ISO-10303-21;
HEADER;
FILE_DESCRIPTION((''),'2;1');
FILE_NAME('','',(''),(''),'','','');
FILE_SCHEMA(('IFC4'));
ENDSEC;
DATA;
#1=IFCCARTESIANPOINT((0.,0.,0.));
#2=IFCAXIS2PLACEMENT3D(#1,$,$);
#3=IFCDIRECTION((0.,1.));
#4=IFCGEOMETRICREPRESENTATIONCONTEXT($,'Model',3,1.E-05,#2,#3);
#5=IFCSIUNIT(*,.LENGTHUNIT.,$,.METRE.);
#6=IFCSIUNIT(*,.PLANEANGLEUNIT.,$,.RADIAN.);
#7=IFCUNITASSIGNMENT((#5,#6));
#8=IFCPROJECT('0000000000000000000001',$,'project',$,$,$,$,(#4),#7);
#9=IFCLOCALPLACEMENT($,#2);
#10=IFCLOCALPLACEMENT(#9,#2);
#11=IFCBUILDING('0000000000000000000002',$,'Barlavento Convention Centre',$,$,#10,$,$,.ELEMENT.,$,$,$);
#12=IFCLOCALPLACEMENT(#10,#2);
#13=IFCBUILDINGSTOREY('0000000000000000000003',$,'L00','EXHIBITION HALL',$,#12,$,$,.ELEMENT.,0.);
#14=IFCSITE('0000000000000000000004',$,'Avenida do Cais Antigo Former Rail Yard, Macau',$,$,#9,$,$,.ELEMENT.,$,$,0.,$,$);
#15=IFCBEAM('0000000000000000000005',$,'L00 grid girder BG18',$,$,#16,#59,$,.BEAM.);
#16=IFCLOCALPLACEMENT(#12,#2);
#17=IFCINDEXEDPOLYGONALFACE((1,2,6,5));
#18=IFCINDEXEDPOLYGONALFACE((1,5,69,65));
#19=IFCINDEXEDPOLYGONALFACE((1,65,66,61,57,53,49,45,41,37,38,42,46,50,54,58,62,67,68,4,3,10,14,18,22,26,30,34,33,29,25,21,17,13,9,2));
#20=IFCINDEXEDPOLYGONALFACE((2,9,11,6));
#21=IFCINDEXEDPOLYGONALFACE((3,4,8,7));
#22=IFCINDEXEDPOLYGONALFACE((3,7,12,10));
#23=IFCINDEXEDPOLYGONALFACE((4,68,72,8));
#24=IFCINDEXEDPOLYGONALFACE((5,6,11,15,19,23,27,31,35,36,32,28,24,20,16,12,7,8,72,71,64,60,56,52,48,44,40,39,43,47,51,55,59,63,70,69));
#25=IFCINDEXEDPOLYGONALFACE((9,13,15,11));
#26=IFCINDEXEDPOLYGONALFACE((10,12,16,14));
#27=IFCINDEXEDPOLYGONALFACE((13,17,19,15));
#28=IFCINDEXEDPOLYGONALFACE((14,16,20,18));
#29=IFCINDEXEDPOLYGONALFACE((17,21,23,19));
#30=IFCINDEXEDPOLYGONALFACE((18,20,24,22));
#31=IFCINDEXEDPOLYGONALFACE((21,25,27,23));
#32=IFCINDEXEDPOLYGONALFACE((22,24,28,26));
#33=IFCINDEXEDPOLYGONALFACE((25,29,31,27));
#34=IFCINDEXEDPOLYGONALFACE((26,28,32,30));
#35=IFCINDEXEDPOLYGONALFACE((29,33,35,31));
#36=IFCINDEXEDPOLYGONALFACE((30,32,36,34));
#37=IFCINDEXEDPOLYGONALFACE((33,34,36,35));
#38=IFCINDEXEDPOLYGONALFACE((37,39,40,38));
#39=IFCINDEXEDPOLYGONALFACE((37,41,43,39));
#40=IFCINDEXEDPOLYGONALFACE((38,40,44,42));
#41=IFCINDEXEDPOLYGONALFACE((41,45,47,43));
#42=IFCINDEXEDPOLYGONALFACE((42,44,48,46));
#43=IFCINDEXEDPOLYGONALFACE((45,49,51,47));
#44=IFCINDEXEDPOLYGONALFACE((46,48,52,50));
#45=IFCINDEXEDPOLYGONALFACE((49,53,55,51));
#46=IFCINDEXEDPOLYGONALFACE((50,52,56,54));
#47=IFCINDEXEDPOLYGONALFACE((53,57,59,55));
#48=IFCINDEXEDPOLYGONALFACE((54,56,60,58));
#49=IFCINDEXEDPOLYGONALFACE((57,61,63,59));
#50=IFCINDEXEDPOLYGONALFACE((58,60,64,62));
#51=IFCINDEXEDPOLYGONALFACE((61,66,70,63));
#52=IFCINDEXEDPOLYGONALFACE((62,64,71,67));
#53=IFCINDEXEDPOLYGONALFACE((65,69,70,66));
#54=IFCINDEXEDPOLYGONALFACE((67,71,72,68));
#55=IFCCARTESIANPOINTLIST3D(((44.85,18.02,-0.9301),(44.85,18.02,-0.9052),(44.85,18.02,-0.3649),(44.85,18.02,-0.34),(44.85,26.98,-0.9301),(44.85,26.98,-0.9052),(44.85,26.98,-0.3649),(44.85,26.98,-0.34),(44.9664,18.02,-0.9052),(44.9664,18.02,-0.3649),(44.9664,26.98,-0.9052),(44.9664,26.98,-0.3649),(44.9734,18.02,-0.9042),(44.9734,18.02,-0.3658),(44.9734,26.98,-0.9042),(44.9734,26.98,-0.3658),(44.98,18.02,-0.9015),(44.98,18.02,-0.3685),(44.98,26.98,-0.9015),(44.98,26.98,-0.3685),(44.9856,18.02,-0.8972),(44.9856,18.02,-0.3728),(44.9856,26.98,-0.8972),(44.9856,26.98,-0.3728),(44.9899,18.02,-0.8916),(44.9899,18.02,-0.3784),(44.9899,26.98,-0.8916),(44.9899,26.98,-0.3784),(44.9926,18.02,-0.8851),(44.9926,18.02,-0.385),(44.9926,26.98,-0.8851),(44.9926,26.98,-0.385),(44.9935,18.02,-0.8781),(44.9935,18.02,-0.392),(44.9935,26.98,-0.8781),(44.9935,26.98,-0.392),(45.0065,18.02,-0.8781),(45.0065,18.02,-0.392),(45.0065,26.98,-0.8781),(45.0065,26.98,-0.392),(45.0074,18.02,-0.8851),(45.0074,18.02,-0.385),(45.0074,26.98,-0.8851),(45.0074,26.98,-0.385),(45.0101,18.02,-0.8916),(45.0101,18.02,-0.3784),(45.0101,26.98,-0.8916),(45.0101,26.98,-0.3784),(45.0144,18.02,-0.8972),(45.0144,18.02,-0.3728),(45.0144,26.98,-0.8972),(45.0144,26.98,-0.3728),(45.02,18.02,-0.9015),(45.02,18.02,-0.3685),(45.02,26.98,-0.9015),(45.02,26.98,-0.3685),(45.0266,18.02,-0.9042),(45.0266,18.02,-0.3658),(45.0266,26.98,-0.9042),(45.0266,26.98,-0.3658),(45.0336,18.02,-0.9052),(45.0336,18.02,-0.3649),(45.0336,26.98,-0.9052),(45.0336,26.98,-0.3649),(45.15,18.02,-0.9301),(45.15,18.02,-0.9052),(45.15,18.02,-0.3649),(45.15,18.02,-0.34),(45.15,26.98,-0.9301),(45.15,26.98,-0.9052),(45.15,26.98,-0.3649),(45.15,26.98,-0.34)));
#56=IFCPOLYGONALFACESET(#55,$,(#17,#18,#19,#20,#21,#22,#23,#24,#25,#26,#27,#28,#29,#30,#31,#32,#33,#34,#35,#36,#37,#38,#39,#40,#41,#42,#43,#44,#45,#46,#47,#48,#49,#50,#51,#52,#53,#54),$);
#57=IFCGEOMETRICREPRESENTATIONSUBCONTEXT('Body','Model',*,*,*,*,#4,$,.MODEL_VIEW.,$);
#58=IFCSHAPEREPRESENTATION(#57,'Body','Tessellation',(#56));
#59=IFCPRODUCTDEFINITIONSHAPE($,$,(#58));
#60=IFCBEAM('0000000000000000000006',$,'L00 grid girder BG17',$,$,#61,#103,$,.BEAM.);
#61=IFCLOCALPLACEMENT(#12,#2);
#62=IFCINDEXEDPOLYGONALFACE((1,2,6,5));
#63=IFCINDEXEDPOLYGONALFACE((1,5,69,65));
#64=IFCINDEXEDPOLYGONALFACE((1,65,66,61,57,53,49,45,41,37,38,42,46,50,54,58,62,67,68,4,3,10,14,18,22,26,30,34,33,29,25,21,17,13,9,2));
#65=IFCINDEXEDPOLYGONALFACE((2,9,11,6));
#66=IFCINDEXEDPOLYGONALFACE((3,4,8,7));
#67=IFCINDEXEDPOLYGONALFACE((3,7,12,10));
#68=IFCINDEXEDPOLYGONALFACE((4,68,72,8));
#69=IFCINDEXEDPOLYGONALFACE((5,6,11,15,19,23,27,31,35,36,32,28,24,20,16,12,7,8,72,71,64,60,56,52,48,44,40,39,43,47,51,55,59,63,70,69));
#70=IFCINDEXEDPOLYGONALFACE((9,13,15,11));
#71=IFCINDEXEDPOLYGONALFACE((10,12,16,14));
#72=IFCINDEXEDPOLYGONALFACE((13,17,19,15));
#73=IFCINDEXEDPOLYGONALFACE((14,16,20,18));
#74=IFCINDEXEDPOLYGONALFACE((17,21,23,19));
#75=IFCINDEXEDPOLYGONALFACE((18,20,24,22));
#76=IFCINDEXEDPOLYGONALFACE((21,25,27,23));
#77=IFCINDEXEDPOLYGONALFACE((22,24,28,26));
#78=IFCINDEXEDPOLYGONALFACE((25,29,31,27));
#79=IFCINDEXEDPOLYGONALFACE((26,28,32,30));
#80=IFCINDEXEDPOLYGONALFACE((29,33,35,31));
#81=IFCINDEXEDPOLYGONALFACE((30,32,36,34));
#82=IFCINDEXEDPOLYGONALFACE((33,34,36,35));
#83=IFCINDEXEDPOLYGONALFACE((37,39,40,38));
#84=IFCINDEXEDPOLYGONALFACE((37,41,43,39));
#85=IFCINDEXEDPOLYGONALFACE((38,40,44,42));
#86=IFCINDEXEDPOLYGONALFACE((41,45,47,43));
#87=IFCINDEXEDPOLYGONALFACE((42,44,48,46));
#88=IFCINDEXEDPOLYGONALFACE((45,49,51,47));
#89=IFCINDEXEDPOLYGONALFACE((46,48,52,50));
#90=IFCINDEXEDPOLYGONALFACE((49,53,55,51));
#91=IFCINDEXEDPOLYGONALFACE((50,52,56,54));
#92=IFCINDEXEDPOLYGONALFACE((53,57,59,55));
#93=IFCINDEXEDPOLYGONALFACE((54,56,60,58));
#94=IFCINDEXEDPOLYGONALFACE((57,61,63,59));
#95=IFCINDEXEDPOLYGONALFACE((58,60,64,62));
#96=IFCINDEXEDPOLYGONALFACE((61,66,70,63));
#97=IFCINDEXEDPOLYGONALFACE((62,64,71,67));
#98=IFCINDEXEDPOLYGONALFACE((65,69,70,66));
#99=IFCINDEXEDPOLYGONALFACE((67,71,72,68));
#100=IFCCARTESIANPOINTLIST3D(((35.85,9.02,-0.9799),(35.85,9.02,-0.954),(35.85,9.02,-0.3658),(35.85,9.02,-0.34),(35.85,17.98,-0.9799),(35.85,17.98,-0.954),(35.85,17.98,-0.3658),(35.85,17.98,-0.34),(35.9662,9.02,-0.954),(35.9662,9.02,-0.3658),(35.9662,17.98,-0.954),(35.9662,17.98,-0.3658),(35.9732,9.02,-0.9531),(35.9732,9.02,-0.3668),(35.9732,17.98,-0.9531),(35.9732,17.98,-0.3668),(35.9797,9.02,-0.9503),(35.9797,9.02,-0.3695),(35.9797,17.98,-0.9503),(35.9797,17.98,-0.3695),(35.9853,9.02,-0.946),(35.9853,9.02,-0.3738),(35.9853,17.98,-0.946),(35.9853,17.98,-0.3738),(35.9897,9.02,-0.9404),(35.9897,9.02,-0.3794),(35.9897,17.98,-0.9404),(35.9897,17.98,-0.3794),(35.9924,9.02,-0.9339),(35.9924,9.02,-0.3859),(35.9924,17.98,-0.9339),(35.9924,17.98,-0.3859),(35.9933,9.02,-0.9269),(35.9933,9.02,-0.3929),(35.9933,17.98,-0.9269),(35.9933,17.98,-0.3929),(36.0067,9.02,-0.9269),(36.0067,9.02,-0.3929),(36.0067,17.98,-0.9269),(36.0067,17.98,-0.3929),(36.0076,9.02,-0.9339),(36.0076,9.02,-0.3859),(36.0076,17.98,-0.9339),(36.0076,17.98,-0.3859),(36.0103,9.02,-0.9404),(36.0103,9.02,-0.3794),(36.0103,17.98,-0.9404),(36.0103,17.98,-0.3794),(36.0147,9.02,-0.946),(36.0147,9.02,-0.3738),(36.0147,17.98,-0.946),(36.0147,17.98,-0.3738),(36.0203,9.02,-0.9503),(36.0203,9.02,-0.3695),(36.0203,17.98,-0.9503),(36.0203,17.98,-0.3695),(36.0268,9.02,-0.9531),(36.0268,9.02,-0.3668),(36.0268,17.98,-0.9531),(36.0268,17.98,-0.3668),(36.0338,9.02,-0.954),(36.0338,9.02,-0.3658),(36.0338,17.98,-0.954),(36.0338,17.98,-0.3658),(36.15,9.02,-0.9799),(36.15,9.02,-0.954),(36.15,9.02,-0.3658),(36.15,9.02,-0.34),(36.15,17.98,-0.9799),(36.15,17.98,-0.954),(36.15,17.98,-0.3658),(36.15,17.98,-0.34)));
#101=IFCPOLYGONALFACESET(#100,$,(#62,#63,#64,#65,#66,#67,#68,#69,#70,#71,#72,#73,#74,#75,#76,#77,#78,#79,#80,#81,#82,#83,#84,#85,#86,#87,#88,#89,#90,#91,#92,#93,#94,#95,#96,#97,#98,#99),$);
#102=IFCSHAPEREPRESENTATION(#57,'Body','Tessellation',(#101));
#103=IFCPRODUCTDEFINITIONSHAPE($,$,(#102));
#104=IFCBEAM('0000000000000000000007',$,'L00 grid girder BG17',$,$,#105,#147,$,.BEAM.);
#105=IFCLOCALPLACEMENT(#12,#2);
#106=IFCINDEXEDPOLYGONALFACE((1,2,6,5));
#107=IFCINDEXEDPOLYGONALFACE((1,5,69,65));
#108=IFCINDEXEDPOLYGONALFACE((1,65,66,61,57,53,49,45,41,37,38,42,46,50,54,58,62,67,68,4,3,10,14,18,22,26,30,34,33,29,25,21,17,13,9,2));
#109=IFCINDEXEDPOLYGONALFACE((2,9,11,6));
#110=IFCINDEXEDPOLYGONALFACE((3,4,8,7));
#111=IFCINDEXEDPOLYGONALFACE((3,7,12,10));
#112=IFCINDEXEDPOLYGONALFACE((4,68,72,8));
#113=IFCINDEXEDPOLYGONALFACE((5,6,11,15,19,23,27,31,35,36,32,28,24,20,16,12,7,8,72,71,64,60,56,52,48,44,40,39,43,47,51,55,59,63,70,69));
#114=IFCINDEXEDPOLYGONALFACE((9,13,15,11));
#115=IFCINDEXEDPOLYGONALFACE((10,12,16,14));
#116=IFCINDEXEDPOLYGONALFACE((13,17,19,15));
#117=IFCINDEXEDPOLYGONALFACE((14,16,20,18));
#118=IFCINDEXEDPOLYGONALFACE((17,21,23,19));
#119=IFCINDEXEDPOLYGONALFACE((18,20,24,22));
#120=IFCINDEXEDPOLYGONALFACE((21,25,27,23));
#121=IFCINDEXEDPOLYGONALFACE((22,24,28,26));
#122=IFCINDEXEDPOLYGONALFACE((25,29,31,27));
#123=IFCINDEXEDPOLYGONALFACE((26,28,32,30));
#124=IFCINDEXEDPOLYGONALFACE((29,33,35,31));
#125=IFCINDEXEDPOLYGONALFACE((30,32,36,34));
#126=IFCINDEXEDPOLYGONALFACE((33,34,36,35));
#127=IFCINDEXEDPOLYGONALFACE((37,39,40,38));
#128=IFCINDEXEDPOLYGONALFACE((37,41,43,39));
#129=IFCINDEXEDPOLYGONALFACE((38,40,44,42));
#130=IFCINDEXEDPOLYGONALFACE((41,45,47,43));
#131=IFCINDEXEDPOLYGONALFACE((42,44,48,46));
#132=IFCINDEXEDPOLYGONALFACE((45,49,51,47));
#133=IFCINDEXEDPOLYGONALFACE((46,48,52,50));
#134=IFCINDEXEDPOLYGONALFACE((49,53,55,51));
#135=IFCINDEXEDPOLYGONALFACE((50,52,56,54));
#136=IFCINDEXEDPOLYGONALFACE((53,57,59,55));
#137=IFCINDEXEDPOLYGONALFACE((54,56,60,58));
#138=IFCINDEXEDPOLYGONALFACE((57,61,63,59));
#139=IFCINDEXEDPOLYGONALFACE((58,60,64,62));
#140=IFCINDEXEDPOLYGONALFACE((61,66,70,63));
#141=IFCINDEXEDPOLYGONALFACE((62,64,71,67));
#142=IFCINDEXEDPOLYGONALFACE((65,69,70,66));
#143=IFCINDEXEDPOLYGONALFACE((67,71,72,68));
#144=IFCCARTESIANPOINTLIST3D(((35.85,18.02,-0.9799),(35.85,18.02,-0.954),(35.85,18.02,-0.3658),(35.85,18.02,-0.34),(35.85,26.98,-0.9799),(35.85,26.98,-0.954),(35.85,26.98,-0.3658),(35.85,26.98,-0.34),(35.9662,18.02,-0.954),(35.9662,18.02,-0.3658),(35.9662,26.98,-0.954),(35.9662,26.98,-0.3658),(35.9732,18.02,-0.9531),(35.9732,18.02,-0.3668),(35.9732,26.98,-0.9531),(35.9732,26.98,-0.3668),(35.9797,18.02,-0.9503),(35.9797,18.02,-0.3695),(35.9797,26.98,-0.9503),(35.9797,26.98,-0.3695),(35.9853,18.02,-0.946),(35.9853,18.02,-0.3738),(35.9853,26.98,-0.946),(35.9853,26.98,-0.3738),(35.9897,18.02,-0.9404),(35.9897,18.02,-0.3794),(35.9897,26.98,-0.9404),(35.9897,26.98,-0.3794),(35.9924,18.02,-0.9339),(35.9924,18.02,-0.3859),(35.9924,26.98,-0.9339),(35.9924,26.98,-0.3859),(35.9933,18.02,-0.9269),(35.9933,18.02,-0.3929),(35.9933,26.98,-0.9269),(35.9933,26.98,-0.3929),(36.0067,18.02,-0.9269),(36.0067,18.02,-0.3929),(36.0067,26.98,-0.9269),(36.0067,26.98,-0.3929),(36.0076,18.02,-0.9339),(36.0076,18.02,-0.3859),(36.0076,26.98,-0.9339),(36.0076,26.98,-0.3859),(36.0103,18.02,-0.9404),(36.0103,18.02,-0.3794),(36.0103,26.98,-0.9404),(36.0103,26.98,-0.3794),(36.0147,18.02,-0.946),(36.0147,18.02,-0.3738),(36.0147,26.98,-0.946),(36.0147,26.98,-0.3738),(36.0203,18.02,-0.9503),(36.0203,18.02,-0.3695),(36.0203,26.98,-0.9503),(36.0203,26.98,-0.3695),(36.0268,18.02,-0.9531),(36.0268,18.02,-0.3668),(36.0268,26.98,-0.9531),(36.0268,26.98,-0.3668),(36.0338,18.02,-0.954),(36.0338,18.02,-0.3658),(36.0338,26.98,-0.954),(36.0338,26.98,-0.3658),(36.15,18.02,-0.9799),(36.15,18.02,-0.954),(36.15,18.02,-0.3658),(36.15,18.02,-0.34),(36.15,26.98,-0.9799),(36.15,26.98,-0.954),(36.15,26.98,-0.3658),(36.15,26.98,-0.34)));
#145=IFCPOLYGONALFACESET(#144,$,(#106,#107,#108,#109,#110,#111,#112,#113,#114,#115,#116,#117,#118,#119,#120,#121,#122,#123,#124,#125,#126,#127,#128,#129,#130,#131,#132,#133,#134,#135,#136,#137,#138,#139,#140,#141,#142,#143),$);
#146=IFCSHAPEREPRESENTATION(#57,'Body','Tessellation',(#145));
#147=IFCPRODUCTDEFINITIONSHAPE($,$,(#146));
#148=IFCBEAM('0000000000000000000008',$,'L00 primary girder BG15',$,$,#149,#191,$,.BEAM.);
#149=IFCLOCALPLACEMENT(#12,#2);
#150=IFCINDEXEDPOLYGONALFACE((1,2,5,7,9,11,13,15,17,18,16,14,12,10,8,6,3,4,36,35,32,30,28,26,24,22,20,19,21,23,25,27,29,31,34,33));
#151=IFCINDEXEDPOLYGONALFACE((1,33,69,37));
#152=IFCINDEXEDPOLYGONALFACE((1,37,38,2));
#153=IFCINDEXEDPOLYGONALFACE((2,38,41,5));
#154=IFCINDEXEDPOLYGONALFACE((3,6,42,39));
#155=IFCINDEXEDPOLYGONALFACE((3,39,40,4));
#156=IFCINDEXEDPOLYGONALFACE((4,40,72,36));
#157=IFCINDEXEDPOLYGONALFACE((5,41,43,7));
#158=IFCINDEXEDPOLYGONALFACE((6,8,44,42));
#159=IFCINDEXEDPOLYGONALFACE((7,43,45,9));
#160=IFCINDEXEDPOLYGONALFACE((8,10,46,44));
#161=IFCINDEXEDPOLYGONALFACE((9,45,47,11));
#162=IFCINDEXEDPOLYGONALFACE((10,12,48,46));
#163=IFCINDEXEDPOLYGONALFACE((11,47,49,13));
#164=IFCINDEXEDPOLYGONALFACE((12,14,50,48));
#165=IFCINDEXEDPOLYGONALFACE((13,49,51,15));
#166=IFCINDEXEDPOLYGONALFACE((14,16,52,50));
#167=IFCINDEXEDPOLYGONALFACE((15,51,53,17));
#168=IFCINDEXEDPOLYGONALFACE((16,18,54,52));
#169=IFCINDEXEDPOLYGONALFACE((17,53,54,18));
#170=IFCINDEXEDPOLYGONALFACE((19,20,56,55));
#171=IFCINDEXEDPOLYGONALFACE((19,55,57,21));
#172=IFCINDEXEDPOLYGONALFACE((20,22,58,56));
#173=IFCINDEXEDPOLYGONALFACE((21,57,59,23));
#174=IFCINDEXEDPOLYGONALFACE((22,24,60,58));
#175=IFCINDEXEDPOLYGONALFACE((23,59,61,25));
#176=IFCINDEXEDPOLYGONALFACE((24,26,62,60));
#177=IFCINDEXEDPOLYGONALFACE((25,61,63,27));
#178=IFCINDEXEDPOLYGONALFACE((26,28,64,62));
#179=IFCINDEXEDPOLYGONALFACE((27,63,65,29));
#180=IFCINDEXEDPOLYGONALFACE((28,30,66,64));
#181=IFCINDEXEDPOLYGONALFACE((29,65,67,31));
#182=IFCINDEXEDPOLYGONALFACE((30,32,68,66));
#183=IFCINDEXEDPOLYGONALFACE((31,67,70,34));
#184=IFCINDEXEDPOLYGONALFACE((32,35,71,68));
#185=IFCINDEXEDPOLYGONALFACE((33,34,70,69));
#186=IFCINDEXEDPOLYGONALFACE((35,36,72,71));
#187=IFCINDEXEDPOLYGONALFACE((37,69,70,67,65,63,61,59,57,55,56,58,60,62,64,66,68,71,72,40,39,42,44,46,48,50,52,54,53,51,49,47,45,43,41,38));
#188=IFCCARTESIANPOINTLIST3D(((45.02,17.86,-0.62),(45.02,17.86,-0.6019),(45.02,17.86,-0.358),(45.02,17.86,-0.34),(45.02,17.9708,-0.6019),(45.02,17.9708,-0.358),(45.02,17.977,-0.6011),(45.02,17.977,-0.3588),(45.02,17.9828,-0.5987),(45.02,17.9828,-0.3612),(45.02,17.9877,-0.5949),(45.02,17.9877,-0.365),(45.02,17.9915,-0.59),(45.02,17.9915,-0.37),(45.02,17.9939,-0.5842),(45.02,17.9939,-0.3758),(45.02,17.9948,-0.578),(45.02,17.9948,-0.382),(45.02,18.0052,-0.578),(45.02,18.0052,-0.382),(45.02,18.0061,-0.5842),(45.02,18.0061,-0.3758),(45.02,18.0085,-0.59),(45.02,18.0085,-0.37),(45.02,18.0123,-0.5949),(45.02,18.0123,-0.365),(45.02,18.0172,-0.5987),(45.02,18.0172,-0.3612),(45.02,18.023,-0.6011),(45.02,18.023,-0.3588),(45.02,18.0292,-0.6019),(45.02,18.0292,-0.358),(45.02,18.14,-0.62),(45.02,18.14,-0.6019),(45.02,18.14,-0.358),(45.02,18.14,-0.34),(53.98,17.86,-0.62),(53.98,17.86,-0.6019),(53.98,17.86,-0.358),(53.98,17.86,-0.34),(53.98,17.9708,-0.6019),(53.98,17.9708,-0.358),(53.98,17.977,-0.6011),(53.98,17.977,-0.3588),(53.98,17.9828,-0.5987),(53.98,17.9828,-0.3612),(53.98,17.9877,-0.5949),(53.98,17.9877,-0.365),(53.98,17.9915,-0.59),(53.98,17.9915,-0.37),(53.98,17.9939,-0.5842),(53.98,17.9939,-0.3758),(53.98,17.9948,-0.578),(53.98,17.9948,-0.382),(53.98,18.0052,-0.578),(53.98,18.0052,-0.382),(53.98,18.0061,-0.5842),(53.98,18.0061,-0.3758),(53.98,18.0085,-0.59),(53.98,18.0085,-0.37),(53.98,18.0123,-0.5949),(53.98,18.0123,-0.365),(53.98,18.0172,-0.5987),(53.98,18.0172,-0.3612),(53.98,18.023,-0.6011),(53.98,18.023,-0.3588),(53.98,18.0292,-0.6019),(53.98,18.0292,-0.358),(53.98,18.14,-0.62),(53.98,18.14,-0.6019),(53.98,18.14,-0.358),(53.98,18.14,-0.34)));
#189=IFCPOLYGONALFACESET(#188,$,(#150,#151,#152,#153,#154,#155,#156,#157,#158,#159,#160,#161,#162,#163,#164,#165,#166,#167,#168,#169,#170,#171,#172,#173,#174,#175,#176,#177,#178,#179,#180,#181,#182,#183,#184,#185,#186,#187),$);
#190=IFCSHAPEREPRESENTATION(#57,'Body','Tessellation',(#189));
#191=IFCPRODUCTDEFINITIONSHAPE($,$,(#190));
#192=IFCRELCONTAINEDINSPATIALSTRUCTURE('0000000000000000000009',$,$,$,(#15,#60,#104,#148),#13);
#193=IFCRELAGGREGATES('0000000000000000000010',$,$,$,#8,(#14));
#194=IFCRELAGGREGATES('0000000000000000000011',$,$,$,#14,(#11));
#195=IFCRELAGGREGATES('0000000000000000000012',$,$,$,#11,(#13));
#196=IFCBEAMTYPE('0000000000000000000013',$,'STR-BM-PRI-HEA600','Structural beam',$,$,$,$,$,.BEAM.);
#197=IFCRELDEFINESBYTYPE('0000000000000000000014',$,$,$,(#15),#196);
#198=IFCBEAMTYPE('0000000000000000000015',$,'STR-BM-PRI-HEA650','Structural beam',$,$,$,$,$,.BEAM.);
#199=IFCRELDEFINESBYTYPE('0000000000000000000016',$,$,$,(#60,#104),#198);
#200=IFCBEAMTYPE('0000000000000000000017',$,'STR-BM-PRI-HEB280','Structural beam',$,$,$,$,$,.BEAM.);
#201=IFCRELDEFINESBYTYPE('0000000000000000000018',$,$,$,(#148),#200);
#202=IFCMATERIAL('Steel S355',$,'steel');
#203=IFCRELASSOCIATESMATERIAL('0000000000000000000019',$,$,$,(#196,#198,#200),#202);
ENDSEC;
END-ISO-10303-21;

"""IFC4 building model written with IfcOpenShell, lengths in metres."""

from ifc_helpers import new_model, si_unit, direction, frame, origin, origin_2d, place, context, subcontext, project, spatial, i_section, extrude, material, material_profile, profile_set, type_object, element, save


model = new_model("IFC4")

# Units and contexts
model_context = context("Model", 3, precision=1e-05, world=origin(), true_north=direction((0.0, 1.0)))
body_context = subcontext(model_context, "Body", "Model", "MODEL_VIEW")
ifc_project = project(units=[si_unit("LENGTHUNIT", "METRE"), si_unit("PLANEANGLEUNIT", "RADIAN")], contexts=[model_context])

# Site, building, storey
site_placement = place(None, origin())
site = spatial("IfcSite", under=ifc_project, at=site_placement, Name="Avenida do Cais Antigo Former Rail Yard, Macau", CompositionType="ELEMENT", RefElevation=0.0)
building_placement = place(site_placement, origin())
building = spatial("IfcBuilding", under=site, at=building_placement, Name="Barlavento Convention Centre", CompositionType="ELEMENT")
storey_placement = place(building_placement, origin())
storey = spatial("IfcBuildingStorey", under=building, at=storey_placement, Name="L00", Description="EXHIBITION HALL", CompositionType="ELEMENT", Elevation=0.0)

# Beams
ifc_material_1 = material(Name="Steel S355", Category="steel")
ifc_material_profile_1 = material_profile(ifc_material_1, i_section(OverallWidth=0.3, OverallDepth=0.5901, WebThickness=0.0129, FlangeThickness=0.0249, FilletRadius=0.0271, at=origin_2d()), Name="HEA 600")
ifc_profile_set_1 = profile_set([ifc_material_profile_1], Name="Steel S355")
beam_type_1 = type_object("IfcBeamType", Name="STR-BM-PRI-HEA600", Description="Structural beam", PredefinedType="BEAM", material=ifc_profile_set_1)
for number, where, z_axis, x_axis, name in (
    (1, (45.0, 18.02, -0.635), (0.0, 1.0, 0.0), (-1.0, 0.0, 0.0), "L00 grid girder BG18"),
):
    element("IfcBeam", number, at=place(storey_placement, frame(where, z_axis=z_axis, x_axis=x_axis)), inside=storey, type_object=beam_type_1, Name=name, PredefinedType="BEAM", context=body_context, shape_type="SweptSolid", body=[
        extrude(i_section(OverallWidth=0.3, OverallDepth=0.5901, WebThickness=0.0129, FlangeThickness=0.0249, FilletRadius=0.0271, at=origin_2d()), origin(), (0.0, 0.0, 1.0), 8.96),
    ])
ifc_material_profile_2 = material_profile(ifc_material_1, i_section(OverallWidth=0.3, OverallDepth=0.6399, WebThickness=0.0134, FlangeThickness=0.0259, FilletRadius=0.0271, at=origin_2d()), Name="HEA 650")
ifc_profile_set_2 = profile_set([ifc_material_profile_2], Name="Steel S355")
beam_type_2 = type_object("IfcBeamType", Name="STR-BM-PRI-HEA650", Description="Structural beam", PredefinedType="BEAM", material=ifc_profile_set_2)
for number, where, z_axis, x_axis, name in (
    (2, (36.0, 9.02, -0.6599), (0.0, 1.0, 0.0), (-1.0, 0.0, 0.0), "L00 grid girder BG17"),
    (3, (36.0, 18.02, -0.6599), (0.0, 1.0, 0.0), (-1.0, 0.0, 0.0), "L00 grid girder BG17"),
):
    element("IfcBeam", number, at=place(storey_placement, frame(where, z_axis=z_axis, x_axis=x_axis)), inside=storey, type_object=beam_type_2, Name=name, PredefinedType="BEAM", context=body_context, shape_type="SweptSolid", body=[
        extrude(i_section(OverallWidth=0.3, OverallDepth=0.6399, WebThickness=0.0134, FlangeThickness=0.0259, FilletRadius=0.0271, at=origin_2d()), origin(), (0.0, 0.0, 1.0), 8.96),
    ])
ifc_material_profile_3 = material_profile(ifc_material_1, i_section(OverallWidth=0.28, OverallDepth=0.28, WebThickness=0.0105, FlangeThickness=0.0181, FilletRadius=0.0239, at=origin_2d()), Name="HEB 280")
ifc_profile_set_3 = profile_set([ifc_material_profile_3], Name="Steel S355")
beam_type_3 = type_object("IfcBeamType", Name="STR-BM-PRI-HEB280", Description="Structural beam", PredefinedType="BEAM", material=ifc_profile_set_3)
beam_1_placement = place(storey_placement, frame((45.02, 18.0, -0.48), z_axis=(1.0, 0.0, 0.0), x_axis=(0.0, 1.0, 0.0)))
element("IfcBeam", 4, at=beam_1_placement, inside=storey, type_object=beam_type_3, Name="L00 primary girder BG15", PredefinedType="BEAM", context=body_context, shape_type="SweptSolid", body=[
    extrude(i_section(OverallWidth=0.28, OverallDepth=0.28, WebThickness=0.0105, FlangeThickness=0.0181, FilletRadius=0.0239, at=origin_2d()), origin(), (0.0, 0.0, 1.0), 8.96),
])

save(model, "model.ifc")
